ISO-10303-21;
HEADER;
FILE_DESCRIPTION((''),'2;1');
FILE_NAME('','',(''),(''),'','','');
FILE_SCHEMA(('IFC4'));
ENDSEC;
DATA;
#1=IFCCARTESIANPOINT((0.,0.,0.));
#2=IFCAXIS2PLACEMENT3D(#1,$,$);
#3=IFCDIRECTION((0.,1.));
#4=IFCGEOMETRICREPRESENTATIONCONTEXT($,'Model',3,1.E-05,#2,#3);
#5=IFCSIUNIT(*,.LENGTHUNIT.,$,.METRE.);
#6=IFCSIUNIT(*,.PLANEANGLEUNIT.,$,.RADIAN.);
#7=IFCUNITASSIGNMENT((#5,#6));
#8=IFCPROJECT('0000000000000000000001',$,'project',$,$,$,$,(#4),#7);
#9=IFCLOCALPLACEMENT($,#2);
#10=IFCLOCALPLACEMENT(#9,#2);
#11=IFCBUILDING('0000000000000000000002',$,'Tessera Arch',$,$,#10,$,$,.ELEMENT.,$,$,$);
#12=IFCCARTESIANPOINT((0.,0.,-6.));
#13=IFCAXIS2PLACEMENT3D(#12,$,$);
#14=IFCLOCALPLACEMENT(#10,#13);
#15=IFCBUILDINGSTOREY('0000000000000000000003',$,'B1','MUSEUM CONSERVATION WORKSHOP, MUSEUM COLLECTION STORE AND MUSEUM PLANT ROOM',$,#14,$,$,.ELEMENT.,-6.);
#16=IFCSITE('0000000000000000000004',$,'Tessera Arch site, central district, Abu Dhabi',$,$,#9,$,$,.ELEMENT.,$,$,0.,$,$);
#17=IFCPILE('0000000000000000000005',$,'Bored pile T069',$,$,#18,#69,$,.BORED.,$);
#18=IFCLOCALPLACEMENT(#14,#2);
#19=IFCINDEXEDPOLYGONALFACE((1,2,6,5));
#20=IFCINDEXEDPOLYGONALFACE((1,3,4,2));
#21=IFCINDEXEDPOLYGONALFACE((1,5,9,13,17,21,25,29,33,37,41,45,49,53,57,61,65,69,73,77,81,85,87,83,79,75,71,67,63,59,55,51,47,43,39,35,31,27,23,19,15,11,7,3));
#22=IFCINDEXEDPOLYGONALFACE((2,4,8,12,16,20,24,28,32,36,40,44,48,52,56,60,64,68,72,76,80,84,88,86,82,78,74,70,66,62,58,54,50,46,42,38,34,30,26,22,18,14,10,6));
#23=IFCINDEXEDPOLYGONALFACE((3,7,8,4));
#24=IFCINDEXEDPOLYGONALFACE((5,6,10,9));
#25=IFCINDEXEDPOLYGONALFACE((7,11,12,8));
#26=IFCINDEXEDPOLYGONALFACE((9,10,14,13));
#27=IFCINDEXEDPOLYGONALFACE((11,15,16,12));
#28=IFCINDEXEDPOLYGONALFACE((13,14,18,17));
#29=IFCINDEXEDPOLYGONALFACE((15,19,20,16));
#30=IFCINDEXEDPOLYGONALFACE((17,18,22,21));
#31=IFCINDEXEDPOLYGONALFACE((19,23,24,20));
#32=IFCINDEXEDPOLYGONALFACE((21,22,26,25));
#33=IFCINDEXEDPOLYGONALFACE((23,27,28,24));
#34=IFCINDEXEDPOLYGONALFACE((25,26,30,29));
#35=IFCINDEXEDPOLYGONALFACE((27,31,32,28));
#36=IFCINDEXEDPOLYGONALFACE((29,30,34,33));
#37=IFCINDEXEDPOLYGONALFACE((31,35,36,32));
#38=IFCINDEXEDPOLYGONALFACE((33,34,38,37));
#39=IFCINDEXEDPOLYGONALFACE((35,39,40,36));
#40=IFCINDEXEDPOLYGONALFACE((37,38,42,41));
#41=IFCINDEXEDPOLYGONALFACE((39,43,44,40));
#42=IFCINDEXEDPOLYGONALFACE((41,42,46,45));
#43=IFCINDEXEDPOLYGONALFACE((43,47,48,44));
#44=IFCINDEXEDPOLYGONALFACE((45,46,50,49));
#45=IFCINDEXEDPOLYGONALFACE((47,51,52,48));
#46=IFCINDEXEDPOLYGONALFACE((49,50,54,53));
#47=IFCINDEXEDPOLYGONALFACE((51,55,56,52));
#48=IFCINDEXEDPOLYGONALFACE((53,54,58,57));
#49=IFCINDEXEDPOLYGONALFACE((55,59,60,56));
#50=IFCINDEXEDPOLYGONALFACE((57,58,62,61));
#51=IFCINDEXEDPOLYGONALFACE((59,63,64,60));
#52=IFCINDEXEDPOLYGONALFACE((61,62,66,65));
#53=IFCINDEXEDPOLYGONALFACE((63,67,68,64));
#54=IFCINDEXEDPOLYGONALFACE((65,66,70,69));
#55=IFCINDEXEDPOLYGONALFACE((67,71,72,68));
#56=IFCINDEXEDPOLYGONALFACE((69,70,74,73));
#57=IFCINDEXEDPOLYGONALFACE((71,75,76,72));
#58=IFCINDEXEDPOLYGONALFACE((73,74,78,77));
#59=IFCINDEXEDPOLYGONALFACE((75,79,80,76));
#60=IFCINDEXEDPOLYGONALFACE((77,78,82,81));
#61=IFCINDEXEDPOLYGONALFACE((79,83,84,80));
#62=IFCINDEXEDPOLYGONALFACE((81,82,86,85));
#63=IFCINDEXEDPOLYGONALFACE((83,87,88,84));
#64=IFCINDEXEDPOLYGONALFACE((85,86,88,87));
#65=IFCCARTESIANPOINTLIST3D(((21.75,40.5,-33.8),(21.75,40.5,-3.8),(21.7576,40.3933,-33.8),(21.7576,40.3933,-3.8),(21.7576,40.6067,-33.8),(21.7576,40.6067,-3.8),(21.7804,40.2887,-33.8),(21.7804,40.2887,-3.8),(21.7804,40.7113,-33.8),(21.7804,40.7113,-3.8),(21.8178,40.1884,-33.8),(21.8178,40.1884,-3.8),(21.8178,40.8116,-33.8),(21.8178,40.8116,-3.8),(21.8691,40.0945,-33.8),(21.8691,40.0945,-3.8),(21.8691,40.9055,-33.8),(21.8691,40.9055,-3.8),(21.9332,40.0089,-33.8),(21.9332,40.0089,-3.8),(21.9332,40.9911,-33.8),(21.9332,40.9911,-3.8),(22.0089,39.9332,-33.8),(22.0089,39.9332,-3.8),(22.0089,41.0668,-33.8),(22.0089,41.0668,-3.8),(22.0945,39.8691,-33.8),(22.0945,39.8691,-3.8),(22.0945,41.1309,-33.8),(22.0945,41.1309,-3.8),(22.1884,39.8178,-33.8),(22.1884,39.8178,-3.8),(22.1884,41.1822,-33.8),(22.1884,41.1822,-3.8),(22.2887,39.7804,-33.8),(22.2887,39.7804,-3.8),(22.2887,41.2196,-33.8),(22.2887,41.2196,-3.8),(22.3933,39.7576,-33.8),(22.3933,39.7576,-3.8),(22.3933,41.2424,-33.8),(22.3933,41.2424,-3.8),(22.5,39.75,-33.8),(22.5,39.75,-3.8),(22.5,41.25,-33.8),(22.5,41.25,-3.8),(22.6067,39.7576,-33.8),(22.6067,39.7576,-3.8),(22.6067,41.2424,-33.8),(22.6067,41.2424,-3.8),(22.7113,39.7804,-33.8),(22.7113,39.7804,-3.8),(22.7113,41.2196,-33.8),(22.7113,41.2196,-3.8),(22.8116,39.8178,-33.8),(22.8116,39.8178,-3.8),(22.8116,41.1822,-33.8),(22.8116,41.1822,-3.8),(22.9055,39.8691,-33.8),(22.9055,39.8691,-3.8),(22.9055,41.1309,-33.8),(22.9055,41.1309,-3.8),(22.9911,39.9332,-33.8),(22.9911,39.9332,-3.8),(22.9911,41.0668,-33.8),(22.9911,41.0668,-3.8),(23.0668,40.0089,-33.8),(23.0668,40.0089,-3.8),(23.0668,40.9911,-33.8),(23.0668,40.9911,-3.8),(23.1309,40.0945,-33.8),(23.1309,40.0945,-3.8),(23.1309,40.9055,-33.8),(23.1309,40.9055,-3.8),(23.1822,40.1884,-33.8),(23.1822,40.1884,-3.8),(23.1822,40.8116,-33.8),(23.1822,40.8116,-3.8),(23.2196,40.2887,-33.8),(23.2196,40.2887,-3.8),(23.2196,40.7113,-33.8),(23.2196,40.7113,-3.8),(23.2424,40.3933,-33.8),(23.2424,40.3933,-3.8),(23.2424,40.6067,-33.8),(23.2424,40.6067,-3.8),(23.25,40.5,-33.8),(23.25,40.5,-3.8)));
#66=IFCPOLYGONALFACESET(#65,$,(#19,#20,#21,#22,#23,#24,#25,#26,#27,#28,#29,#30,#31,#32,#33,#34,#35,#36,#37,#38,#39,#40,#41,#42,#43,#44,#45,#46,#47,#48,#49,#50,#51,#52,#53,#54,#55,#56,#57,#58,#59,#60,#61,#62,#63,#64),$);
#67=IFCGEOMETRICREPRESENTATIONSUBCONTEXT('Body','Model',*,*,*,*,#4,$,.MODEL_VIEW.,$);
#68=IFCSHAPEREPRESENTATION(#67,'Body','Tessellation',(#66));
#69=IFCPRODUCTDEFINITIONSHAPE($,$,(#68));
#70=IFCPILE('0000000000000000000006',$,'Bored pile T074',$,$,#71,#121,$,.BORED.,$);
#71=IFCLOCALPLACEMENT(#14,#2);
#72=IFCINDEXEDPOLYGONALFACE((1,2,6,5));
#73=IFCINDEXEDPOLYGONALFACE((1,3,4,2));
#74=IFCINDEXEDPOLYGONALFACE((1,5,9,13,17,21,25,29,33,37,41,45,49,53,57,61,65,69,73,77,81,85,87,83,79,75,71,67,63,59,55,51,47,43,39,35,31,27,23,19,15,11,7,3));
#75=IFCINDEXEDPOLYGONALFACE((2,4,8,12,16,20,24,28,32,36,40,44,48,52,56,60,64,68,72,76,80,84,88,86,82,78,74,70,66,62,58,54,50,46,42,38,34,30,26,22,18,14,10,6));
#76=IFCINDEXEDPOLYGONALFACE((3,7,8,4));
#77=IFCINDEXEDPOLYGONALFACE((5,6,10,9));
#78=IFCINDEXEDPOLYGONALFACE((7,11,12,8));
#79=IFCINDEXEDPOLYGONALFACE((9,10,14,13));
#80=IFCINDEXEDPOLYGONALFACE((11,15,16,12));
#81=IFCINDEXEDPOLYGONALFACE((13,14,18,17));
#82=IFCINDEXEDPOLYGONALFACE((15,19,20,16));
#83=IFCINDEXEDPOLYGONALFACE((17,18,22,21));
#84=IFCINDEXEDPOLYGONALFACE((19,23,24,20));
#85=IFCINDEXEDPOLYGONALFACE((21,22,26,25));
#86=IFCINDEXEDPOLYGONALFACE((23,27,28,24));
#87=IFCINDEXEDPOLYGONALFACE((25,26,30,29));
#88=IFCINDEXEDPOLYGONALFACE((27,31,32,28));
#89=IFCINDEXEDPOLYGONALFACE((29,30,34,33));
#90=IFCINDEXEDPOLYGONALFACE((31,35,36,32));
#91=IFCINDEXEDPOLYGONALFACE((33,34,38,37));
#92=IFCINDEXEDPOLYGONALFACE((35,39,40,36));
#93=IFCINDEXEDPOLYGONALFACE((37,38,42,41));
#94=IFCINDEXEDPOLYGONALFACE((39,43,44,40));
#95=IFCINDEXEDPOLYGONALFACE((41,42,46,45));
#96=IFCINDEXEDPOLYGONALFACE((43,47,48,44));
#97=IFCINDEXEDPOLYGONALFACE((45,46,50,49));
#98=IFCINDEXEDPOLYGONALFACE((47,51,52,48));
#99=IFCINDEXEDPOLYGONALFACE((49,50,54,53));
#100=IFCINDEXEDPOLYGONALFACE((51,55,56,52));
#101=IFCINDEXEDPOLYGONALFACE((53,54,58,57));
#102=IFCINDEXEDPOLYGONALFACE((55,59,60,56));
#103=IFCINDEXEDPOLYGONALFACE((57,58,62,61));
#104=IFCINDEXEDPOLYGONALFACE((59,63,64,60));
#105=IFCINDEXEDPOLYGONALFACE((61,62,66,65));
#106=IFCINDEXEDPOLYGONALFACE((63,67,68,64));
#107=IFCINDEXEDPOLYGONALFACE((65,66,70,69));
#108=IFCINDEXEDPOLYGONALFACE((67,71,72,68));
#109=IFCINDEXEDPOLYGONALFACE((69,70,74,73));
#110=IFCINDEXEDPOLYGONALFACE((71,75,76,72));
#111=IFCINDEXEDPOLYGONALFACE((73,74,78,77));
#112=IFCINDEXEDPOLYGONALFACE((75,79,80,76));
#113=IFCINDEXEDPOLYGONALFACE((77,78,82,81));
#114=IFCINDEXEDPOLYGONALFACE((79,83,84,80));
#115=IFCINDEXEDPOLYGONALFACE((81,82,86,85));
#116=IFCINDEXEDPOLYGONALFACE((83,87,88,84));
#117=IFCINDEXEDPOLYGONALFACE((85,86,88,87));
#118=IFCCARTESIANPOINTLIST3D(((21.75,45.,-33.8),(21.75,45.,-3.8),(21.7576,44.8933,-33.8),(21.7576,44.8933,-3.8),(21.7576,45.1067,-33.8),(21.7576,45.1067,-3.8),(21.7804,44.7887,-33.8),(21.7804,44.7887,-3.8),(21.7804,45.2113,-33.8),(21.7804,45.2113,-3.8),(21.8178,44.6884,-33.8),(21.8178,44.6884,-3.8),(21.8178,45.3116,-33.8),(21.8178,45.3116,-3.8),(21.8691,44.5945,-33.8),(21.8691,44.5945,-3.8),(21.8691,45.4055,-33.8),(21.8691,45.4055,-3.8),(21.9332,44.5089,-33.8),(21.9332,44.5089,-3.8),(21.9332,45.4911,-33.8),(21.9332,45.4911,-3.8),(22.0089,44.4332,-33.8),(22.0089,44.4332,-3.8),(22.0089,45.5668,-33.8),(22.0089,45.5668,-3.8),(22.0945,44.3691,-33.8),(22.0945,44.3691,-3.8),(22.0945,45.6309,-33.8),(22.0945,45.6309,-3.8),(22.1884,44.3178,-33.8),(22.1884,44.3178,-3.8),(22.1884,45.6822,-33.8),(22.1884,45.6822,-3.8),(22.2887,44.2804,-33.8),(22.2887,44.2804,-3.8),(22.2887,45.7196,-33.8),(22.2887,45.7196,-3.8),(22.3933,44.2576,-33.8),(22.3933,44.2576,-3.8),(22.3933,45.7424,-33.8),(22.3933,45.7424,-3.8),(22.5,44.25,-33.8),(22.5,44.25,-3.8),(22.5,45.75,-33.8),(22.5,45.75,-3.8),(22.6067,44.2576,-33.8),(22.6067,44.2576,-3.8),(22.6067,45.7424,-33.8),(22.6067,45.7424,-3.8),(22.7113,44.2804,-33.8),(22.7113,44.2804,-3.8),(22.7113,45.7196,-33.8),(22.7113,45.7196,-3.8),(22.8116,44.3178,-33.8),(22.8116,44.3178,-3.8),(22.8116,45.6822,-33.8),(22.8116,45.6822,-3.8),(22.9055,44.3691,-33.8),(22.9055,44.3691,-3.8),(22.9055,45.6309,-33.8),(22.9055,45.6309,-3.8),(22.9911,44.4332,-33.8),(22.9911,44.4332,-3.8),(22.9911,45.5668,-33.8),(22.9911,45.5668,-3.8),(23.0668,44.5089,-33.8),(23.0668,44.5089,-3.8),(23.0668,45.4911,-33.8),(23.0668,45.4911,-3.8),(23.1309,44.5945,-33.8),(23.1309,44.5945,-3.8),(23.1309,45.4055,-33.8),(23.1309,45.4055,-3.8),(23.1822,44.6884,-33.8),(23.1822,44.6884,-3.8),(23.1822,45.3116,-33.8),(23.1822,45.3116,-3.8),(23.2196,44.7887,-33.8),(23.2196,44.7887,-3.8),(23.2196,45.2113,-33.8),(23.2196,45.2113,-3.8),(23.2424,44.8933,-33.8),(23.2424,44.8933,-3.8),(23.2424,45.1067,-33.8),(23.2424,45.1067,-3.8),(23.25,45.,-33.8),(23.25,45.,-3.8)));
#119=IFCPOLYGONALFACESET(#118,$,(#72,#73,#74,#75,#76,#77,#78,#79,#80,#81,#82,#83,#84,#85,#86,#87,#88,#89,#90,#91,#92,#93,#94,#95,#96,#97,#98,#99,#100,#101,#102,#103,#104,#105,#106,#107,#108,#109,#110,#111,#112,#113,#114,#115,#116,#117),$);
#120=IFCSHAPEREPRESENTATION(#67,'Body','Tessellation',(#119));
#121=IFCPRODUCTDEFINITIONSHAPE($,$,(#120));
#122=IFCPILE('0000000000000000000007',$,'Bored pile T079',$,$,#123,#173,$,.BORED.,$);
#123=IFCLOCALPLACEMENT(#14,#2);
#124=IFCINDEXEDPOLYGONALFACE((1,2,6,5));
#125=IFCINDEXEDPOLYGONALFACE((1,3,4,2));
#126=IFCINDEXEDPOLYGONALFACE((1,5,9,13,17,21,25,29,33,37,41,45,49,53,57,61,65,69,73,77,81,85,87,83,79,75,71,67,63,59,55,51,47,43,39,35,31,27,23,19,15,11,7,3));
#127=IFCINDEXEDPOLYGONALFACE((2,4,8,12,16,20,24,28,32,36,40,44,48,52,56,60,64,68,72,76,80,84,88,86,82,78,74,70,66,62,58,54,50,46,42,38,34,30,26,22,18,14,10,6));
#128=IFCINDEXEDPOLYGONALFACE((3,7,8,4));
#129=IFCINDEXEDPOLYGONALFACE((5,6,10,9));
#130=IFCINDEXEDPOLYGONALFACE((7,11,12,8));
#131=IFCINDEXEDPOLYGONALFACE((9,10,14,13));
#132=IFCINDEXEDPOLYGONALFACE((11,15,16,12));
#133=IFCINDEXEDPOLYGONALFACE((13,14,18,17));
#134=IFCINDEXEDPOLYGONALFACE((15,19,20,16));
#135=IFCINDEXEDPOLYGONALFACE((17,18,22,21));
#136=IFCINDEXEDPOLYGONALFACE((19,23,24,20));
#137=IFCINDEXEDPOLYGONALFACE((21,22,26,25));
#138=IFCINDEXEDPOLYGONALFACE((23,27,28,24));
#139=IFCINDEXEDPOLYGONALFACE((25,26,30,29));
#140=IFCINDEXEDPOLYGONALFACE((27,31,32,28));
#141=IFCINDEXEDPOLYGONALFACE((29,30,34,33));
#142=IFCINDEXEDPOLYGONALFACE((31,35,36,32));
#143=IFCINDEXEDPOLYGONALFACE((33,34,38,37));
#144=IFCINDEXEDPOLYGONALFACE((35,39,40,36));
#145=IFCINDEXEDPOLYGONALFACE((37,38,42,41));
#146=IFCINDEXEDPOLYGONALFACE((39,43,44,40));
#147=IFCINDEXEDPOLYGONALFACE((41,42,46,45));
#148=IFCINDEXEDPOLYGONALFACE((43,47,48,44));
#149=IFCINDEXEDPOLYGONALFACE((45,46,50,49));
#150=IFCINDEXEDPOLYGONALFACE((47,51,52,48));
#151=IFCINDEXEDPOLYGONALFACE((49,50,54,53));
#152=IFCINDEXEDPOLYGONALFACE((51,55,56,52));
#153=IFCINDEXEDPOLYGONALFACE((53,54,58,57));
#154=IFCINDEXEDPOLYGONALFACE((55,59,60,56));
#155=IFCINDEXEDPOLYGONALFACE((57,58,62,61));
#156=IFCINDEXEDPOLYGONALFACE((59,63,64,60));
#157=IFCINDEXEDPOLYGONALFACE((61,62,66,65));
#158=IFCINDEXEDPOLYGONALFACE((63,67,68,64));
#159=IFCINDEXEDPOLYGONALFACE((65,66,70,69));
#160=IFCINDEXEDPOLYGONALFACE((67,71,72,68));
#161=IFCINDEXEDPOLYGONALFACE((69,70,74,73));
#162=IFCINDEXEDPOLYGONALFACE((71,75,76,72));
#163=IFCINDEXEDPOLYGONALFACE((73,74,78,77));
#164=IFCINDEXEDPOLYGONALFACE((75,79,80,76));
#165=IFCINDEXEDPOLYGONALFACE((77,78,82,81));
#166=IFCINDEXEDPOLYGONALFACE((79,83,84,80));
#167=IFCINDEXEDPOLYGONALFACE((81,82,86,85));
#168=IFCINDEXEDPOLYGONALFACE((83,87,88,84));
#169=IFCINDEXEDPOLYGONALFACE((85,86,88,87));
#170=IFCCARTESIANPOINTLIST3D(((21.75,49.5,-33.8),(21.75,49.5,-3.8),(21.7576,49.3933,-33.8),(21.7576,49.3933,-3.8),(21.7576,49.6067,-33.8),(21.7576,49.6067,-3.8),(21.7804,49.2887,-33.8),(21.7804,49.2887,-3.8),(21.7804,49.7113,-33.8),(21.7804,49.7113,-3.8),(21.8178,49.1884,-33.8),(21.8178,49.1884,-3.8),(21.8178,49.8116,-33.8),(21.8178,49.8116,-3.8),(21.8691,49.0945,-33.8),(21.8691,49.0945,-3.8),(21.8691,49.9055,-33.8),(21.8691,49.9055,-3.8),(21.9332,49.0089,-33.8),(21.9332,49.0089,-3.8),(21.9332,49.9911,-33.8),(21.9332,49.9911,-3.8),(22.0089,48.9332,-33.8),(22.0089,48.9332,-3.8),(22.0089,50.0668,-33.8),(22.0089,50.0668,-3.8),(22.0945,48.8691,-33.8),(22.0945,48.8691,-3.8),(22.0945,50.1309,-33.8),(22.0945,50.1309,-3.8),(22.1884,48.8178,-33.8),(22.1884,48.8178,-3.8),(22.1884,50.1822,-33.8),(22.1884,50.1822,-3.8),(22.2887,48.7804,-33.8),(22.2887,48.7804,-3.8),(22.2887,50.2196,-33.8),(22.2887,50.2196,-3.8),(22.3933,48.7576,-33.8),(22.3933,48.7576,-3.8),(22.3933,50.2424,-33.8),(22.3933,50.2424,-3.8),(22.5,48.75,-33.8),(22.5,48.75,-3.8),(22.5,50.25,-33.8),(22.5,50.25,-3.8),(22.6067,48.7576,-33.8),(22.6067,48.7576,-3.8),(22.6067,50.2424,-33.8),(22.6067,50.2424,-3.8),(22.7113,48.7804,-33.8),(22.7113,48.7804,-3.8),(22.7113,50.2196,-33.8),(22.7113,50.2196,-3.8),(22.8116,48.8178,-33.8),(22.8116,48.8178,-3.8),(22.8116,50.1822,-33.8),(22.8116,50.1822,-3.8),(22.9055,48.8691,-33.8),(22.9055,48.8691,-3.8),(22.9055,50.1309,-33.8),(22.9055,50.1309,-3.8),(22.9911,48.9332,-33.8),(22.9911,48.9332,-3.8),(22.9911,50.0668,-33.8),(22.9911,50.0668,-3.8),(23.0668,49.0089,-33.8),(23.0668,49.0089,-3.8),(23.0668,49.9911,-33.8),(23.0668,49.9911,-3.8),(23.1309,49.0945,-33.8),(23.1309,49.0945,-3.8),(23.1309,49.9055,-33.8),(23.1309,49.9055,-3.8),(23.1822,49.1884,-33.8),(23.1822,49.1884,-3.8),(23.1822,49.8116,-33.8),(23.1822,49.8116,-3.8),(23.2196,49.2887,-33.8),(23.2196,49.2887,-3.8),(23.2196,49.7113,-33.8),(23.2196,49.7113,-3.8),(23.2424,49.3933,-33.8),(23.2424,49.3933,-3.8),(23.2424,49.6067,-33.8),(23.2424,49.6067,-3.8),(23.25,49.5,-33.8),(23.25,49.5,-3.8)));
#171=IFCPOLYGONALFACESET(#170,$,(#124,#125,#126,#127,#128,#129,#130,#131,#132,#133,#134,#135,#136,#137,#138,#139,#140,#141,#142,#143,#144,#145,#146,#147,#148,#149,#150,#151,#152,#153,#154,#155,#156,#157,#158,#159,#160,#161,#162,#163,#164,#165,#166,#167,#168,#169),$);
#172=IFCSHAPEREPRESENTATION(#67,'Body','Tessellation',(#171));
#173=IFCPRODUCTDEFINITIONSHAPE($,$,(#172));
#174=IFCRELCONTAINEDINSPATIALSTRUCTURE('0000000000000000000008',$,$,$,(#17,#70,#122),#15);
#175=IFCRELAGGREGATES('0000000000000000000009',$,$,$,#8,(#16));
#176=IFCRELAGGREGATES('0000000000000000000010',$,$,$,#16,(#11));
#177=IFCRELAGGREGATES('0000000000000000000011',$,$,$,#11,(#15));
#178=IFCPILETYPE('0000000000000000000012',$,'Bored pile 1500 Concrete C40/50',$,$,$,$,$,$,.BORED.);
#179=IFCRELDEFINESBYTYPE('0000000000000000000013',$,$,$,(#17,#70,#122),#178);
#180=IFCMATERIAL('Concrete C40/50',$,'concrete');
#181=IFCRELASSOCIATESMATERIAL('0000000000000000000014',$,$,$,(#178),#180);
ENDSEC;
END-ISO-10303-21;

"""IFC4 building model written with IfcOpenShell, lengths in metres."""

from ifc_helpers import new_model, si_unit, direction, frame, origin, origin_2d, place, context, subcontext, project, spatial, circle, extrude, material, type_object, element, save


model = new_model("IFC4")

# Units and contexts
model_context = context("Model", 3, precision=1e-05, world=origin(), true_north=direction((0.0, 1.0)))
body_context = subcontext(model_context, "Body", "Model", "MODEL_VIEW")
ifc_project = project(units=[si_unit("LENGTHUNIT", "METRE"), si_unit("PLANEANGLEUNIT", "RADIAN")], contexts=[model_context])

# Site, building, storey
site_placement = place(None, origin())
site = spatial("IfcSite", under=ifc_project, at=site_placement, Name="Tessera Arch site, central district, Abu Dhabi", CompositionType="ELEMENT", RefElevation=0.0)
building_placement = place(site_placement, origin())
building = spatial("IfcBuilding", under=site, at=building_placement, Name="Tessera Arch", CompositionType="ELEMENT")
storey_placement = place(building_placement, frame((0.0, 0.0, -6.0)))
storey = spatial("IfcBuildingStorey", under=building, at=storey_placement, Name="B1", Description="MUSEUM CONSERVATION WORKSHOP, MUSEUM COLLECTION STORE AND MUSEUM PLANT ROOM", CompositionType="ELEMENT", Elevation=-6.0)

# Piles
ifc_material_1 = material(Name="Concrete C40/50", Category="concrete")
pile_type = type_object("IfcPileType", Name="Bored pile 1500 Concrete C40/50", PredefinedType="BORED", material=ifc_material_1)
for number, where, z_axis, x_axis, name in (
    (1, (22.5, 40.5, -3.8), (0.0, 0.0, -1.0), (1.0, 0.0, 0.0), "Bored pile T069"),
    (2, (22.5, 45.0, -3.8), (0.0, 0.0, -1.0), (1.0, 0.0, 0.0), "Bored pile T074"),
    (3, (22.5, 49.5, -3.8), (0.0, 0.0, -1.0), (1.0, 0.0, 0.0), "Bored pile T079"),
):
    element("IfcPile", number, at=place(storey_placement, frame(where, z_axis=z_axis, x_axis=x_axis)), inside=storey, type_object=pile_type, Name=name, PredefinedType="BORED", context=body_context, shape_type="SweptSolid", body=[
        extrude(circle(Radius=0.75, at=origin_2d()), origin(), (0.0, 0.0, 1.0), 30.0),
    ])

save(model, "model.ifc")
